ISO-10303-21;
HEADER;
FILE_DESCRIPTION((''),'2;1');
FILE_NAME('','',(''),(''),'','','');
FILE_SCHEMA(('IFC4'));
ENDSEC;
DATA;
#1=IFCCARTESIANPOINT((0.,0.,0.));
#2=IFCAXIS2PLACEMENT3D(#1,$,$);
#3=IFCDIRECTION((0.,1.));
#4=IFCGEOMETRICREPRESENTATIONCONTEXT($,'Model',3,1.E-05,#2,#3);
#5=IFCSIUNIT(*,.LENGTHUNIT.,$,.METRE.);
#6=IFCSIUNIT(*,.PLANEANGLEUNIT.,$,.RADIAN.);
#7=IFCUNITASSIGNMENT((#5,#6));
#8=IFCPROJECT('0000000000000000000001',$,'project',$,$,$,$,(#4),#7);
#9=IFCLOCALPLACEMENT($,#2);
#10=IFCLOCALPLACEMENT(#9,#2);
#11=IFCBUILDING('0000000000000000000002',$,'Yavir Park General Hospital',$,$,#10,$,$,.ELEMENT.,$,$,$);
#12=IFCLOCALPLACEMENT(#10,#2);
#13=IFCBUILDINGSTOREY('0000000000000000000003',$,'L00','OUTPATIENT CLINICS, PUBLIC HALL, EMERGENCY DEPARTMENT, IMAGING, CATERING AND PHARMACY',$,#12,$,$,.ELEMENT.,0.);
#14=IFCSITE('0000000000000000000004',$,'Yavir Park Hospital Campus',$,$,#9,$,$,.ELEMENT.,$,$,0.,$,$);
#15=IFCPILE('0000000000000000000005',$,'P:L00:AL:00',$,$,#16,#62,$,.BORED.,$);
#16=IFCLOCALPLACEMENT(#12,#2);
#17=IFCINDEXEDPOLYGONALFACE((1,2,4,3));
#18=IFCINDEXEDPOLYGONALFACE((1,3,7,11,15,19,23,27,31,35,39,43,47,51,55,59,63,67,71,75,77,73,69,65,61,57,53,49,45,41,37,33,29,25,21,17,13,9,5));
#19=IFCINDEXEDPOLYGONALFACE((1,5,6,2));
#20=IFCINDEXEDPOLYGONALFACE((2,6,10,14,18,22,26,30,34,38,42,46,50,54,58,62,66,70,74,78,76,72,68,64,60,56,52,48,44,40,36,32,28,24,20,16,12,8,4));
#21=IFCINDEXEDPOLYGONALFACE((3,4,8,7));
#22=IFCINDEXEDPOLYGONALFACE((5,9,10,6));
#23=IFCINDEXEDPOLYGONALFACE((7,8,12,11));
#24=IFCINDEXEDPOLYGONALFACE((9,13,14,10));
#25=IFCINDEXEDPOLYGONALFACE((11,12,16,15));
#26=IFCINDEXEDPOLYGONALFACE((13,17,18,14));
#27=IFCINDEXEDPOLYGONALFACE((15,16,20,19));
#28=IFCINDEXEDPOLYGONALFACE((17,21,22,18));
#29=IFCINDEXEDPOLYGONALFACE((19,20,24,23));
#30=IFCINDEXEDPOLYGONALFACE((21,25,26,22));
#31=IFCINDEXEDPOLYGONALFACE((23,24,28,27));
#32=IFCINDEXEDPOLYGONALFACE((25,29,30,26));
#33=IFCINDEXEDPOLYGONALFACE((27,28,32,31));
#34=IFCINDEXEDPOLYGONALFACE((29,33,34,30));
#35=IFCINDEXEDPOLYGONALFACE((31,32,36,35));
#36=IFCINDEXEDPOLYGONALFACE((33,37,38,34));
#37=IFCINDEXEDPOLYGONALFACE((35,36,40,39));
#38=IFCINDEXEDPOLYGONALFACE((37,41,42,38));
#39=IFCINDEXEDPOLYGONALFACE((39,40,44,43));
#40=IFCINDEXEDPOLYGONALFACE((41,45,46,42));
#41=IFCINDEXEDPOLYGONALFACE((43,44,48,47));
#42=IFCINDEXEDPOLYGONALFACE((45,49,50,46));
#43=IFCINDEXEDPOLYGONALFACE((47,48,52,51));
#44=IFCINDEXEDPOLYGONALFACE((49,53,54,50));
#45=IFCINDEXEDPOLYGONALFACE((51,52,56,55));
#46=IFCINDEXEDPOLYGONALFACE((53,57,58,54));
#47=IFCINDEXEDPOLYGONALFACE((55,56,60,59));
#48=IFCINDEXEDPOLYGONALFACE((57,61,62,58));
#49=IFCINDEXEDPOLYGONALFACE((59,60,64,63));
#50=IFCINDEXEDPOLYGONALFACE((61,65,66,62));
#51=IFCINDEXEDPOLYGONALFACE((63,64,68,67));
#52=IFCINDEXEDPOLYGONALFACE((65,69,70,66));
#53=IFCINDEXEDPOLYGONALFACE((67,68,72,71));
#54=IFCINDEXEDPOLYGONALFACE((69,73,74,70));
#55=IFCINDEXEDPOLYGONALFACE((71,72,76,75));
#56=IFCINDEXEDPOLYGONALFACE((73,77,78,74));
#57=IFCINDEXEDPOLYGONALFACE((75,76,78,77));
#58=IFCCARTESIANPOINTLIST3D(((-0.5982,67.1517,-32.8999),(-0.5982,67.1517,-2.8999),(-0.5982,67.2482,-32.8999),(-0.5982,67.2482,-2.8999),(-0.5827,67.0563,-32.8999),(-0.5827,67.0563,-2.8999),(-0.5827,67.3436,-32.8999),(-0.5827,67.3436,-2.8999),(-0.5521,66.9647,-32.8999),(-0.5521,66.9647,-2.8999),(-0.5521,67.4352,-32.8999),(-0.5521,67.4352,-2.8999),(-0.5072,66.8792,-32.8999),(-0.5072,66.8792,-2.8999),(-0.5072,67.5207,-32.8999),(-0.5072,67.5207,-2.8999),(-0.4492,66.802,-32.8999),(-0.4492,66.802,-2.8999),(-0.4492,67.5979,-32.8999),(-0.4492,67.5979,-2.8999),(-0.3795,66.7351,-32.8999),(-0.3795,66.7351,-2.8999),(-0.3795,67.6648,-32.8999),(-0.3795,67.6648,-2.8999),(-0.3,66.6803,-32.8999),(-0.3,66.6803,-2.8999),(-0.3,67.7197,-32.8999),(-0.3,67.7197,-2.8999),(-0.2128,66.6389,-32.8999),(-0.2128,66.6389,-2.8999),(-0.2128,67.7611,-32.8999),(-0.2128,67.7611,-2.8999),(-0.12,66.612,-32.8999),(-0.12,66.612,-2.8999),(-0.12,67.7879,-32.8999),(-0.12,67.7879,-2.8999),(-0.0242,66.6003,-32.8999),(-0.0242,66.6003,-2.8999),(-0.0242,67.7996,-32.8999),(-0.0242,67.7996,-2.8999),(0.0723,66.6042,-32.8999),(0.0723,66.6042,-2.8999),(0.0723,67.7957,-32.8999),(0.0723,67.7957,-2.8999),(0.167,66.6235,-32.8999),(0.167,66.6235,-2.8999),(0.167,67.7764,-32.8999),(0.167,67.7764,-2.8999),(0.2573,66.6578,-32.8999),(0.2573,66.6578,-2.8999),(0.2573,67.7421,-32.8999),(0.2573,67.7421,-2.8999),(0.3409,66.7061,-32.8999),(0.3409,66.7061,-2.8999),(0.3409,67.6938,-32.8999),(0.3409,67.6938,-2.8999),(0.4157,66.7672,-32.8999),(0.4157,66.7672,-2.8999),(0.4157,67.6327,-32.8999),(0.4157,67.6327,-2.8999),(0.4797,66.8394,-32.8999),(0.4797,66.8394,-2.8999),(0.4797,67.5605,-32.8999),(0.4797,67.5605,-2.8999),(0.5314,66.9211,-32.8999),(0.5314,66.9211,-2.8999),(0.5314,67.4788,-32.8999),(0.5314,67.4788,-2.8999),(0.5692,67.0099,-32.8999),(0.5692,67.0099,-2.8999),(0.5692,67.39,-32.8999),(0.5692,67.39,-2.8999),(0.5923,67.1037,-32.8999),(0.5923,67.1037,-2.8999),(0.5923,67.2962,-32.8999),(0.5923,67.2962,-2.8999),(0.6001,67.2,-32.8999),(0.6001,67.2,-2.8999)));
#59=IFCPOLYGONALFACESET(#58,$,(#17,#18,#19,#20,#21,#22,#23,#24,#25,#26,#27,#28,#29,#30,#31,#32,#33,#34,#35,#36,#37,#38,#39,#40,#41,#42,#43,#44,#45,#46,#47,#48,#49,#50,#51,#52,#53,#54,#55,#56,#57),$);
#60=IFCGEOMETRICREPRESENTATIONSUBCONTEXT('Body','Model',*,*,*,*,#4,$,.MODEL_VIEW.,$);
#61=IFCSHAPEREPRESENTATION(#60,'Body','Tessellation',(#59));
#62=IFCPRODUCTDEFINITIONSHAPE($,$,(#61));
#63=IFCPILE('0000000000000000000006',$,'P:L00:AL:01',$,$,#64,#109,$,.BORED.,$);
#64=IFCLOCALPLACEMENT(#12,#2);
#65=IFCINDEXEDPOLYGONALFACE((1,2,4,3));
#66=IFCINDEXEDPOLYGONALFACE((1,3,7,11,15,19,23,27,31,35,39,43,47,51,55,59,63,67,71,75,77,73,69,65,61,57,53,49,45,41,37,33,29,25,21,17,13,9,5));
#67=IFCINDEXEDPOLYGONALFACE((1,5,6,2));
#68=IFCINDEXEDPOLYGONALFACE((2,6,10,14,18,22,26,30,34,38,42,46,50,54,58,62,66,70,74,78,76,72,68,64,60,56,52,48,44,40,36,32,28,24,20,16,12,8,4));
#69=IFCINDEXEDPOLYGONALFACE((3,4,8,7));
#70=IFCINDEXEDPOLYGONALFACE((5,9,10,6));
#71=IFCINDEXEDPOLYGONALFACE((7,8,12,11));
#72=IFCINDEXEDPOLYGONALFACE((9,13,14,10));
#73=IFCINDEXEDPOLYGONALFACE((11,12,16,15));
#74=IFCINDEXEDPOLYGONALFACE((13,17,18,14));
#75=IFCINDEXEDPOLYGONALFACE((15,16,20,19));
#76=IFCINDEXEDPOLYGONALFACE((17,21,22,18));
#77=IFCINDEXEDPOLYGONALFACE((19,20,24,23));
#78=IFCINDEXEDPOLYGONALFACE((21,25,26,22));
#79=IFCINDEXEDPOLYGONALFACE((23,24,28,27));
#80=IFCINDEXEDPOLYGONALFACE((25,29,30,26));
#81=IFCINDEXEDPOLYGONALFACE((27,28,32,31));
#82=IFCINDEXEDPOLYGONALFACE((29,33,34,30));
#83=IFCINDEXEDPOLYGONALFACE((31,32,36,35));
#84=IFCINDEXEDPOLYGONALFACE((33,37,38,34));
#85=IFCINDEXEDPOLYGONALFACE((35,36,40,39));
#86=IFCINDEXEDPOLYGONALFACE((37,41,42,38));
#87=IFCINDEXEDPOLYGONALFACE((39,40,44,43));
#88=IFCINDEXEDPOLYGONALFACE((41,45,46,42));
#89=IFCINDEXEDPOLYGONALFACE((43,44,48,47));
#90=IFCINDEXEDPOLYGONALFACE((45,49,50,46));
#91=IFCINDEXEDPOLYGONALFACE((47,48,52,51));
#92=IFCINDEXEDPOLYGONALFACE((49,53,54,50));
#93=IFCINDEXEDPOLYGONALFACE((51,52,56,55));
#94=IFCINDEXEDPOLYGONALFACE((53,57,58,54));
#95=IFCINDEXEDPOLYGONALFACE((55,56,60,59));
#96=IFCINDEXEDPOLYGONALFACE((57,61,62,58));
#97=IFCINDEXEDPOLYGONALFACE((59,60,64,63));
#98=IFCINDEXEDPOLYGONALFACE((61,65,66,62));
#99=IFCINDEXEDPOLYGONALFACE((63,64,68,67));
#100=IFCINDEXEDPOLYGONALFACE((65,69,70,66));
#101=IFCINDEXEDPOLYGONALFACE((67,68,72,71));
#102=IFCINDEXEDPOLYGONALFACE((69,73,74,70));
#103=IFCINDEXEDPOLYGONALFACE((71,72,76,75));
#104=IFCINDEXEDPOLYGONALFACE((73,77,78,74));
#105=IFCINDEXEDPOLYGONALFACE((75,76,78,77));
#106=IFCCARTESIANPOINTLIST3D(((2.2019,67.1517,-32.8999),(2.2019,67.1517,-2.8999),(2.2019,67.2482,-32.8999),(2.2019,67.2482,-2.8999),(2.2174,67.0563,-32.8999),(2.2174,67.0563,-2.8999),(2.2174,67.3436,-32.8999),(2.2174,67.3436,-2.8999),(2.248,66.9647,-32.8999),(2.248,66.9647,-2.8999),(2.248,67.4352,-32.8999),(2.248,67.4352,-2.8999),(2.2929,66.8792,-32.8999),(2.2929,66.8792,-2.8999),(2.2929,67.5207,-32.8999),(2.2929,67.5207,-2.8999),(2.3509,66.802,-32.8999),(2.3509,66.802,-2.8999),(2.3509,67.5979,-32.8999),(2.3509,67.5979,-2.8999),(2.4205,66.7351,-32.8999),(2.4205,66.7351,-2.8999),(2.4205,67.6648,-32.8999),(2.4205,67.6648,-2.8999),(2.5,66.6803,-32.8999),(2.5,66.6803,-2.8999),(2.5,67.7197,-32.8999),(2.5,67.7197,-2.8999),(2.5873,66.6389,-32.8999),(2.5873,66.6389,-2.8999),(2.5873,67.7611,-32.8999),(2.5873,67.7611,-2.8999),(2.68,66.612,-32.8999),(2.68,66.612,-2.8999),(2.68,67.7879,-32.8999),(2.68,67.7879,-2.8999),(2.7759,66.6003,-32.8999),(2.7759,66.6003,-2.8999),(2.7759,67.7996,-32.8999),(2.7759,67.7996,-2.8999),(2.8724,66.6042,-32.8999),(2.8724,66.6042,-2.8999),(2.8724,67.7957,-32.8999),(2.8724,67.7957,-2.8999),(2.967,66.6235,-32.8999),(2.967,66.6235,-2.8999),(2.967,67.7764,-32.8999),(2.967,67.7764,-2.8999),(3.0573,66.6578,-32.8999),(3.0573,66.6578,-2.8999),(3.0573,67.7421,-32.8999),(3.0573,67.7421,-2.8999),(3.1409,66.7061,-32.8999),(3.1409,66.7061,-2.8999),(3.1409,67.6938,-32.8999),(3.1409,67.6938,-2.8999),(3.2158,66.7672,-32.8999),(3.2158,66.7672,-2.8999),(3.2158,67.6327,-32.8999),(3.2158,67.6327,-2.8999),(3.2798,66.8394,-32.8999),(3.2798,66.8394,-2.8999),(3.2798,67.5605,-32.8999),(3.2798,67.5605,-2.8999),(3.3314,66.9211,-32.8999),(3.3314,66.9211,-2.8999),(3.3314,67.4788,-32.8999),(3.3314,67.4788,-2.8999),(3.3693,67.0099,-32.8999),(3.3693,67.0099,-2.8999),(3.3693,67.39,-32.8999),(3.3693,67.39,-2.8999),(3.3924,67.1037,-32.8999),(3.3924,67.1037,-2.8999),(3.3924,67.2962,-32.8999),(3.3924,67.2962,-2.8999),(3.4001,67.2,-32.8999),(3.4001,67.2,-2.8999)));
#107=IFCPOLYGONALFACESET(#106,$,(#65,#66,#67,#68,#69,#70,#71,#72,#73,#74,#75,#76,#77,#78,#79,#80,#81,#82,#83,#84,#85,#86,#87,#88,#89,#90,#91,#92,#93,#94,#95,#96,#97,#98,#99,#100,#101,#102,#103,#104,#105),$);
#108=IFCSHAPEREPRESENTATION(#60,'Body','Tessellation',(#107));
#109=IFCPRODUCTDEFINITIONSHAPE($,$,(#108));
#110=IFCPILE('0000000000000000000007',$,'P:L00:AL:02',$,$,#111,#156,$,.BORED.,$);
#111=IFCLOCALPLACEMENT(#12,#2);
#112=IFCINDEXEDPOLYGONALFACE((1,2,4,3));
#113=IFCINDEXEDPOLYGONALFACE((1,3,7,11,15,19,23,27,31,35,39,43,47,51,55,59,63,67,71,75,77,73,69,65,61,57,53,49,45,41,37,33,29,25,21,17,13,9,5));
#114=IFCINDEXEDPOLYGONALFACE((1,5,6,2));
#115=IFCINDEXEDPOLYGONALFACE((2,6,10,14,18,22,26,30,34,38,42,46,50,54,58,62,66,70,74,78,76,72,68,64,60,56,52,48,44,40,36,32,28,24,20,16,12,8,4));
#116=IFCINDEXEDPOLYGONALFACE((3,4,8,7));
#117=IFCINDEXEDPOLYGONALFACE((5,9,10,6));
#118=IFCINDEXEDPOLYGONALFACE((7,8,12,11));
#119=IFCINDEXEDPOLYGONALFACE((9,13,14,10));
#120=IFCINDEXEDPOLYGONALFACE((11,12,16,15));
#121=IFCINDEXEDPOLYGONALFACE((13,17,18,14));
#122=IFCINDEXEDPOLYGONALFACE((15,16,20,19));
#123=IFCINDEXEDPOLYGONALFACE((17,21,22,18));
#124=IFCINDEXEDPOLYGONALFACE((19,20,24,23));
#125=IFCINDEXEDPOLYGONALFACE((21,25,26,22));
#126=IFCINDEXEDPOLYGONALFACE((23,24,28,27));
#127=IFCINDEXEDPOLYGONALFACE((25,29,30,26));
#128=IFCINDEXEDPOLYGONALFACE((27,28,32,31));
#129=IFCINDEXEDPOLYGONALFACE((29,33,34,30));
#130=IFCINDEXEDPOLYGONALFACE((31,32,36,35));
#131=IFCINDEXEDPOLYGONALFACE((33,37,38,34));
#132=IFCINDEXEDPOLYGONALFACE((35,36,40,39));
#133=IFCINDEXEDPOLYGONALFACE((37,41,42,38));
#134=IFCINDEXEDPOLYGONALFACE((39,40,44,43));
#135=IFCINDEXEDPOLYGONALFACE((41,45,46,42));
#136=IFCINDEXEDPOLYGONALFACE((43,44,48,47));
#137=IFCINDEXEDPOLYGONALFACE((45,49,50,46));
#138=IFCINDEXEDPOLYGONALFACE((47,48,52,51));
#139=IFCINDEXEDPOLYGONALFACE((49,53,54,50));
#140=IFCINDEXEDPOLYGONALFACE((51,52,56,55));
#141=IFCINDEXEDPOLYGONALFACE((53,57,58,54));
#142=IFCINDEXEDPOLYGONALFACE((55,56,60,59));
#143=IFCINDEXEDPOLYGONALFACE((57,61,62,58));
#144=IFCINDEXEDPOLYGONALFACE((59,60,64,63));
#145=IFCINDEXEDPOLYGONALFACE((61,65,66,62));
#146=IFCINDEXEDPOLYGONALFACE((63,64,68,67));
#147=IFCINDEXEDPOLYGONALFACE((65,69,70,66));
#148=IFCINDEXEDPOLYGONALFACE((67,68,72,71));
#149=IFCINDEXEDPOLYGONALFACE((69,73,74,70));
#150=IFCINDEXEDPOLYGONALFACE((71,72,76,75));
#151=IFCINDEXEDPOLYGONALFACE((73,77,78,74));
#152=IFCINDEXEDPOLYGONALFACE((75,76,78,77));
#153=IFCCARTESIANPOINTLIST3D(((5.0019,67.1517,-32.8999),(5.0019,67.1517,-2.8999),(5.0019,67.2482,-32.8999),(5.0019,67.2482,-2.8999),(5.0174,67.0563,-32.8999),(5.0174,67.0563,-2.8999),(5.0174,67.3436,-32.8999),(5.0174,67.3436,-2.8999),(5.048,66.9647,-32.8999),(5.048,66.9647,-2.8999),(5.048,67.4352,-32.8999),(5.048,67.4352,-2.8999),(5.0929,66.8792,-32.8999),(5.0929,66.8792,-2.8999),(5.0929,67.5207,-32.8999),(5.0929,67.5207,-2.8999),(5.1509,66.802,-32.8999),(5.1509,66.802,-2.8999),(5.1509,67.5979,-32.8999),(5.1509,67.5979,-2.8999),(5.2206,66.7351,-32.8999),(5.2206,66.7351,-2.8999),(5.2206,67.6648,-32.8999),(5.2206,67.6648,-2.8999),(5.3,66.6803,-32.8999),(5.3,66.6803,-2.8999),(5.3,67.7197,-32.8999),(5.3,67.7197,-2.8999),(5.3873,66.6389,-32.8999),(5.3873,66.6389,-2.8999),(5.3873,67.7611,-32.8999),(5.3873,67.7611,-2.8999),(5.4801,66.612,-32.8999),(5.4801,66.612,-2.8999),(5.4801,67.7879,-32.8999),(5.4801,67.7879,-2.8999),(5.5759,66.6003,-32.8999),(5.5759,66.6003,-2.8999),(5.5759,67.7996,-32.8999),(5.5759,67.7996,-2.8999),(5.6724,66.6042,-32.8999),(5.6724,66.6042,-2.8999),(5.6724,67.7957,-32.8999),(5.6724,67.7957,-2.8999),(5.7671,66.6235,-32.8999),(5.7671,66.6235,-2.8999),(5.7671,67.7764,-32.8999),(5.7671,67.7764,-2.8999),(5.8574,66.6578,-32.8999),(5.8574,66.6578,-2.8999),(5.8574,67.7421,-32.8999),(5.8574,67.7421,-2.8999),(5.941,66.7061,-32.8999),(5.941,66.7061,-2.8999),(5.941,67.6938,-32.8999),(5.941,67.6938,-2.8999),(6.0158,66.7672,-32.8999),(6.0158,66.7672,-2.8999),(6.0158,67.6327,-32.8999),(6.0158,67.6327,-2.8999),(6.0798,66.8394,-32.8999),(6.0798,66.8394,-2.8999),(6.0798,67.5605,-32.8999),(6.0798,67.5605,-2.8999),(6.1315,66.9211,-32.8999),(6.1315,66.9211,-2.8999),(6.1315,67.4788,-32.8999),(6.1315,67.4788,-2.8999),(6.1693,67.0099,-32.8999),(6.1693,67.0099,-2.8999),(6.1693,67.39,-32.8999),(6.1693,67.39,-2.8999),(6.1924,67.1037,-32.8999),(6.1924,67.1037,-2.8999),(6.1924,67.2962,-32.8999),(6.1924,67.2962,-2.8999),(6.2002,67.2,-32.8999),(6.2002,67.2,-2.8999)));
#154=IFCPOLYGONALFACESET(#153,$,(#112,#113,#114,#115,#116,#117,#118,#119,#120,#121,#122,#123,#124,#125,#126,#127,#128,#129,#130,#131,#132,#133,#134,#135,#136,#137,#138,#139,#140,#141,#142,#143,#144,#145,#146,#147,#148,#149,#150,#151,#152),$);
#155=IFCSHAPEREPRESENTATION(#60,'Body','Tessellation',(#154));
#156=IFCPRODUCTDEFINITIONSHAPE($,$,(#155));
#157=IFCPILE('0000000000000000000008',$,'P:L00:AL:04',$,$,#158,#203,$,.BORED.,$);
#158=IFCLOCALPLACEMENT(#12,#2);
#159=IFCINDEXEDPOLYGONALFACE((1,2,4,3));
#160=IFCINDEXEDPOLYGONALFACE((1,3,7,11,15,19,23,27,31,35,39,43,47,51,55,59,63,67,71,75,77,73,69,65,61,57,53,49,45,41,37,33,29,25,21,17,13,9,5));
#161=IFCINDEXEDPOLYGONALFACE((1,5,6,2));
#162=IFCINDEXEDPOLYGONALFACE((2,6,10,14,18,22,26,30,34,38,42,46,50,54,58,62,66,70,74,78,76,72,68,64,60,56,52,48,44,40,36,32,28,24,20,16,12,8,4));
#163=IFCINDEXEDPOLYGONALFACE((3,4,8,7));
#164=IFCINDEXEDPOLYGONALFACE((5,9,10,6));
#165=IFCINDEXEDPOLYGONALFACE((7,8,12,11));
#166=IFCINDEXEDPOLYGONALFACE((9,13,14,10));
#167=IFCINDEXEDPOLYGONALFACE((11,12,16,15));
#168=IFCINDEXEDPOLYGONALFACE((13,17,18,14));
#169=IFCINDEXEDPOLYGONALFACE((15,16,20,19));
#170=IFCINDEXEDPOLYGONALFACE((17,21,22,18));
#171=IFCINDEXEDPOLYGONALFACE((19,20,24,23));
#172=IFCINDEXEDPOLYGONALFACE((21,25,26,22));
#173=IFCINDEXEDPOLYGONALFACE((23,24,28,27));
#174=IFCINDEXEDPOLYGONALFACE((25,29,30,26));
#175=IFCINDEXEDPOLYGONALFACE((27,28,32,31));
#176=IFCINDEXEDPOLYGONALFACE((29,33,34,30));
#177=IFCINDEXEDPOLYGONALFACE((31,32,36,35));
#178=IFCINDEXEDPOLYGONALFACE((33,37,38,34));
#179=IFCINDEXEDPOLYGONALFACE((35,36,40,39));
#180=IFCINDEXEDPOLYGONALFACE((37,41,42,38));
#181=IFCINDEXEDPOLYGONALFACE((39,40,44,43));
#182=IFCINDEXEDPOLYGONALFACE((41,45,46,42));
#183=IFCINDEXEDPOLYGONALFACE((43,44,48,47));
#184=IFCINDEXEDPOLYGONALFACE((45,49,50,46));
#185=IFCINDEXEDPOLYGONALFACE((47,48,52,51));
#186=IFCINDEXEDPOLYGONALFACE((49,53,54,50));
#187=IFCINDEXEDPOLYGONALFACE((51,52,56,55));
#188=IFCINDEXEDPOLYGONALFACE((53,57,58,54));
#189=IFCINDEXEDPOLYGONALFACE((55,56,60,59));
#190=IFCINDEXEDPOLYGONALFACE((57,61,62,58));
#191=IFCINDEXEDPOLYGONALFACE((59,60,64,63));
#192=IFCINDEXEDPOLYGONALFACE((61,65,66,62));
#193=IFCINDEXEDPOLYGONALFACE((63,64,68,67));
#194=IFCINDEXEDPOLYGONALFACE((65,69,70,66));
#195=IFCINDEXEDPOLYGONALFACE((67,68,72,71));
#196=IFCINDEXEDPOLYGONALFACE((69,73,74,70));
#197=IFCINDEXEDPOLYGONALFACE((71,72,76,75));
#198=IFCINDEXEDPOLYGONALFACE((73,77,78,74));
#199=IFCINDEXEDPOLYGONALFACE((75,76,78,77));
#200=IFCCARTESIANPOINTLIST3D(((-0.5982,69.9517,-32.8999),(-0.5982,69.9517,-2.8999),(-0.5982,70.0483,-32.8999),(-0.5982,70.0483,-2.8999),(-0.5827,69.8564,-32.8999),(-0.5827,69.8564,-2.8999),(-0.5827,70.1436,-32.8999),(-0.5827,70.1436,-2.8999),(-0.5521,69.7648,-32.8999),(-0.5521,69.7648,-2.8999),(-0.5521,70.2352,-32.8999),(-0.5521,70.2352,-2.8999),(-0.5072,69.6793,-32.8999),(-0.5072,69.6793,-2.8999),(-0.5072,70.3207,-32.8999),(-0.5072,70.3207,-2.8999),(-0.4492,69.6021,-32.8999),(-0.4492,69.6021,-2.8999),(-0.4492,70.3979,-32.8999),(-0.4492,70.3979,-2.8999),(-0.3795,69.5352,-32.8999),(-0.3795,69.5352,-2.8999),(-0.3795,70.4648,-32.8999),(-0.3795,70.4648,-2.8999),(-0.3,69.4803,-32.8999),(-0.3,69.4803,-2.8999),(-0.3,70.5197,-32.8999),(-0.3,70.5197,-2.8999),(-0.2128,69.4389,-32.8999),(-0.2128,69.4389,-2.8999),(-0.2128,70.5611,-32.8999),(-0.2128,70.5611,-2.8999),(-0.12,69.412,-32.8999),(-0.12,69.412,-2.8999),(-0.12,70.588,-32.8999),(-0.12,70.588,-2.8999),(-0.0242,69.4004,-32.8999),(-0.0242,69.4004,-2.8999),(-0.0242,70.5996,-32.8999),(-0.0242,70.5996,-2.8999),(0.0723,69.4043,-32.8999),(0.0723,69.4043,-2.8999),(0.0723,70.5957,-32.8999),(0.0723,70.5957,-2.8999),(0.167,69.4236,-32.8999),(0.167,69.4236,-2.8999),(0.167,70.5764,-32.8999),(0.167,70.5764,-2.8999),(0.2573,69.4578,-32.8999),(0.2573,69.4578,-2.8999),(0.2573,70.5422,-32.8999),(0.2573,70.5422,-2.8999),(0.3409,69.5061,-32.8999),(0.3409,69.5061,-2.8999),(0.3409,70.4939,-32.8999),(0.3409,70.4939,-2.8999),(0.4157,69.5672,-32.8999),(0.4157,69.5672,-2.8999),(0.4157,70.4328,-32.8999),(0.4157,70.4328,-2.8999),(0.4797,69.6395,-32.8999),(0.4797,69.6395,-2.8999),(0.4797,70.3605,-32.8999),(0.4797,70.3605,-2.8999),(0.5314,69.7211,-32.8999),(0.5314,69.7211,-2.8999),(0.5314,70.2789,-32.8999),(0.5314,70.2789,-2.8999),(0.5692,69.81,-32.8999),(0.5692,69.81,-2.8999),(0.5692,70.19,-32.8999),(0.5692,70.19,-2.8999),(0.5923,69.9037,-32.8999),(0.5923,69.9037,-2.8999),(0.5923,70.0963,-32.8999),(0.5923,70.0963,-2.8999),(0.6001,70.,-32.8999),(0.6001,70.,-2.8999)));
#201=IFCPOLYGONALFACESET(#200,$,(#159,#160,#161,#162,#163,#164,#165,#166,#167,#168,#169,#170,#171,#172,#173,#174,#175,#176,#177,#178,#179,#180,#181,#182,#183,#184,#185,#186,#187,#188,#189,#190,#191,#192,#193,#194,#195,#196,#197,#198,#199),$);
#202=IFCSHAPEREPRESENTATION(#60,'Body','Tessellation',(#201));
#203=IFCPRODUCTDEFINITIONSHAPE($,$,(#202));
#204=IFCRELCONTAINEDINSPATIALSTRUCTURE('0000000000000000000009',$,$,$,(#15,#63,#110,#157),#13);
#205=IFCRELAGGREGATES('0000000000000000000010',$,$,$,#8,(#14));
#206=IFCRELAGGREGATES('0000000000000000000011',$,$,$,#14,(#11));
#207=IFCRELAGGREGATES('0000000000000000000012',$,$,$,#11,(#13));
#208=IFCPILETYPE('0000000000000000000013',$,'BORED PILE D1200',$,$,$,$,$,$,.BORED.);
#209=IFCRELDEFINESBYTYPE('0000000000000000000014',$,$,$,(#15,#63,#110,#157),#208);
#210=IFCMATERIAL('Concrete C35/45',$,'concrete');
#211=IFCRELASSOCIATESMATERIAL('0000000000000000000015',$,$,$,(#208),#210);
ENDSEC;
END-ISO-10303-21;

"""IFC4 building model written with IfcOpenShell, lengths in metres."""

from ifc_helpers import new_model, si_unit, direction, frame, origin, origin_2d, place, context, subcontext, project, spatial, circle, extrude, material, material_profile, profile_set, type_object, element, save


model = new_model("IFC4")

# Units and contexts
model_context = context("Model", 3, precision=1e-05, world=origin(), true_north=direction((0.0, 1.0)))
body_context = subcontext(model_context, "Body", "Model", "MODEL_VIEW")
ifc_project = project(units=[si_unit("LENGTHUNIT", "METRE"), si_unit("PLANEANGLEUNIT", "RADIAN")], contexts=[model_context])

# Site, building, storey
site_placement = place(None, origin())
site = spatial("IfcSite", under=ifc_project, at=site_placement, Name="Yavir Park Hospital Campus", CompositionType="ELEMENT", RefElevation=0.0)
building_placement = place(site_placement, origin())
building = spatial("IfcBuilding", under=site, at=building_placement, Name="Yavir Park General Hospital", CompositionType="ELEMENT")
storey_placement = place(building_placement, origin())
storey = spatial("IfcBuildingStorey", under=building, at=storey_placement, Name="L00", Description="OUTPATIENT CLINICS, PUBLIC HALL, EMERGENCY DEPARTMENT, IMAGING, CATERING AND PHARMACY", CompositionType="ELEMENT", Elevation=0.0)

# Piles
ifc_material_1 = material(Name="Concrete C35/45", Category="concrete")
ifc_material_profile = material_profile(ifc_material_1, circle(Radius=0.6001, at=origin_2d()), Name="D1200")
ifc_profile_set = profile_set([ifc_material_profile], Name="Concrete C35/45")
pile_type = type_object("IfcPileType", Name="BORED PILE D1200", PredefinedType="BORED", material=ifc_profile_set)
for number, where, z_axis, x_axis, name in (
    (1, (0.0, 67.2, -2.8999), (0.0, 0.0, -1.0), (1.0, 0.0, 0.0), "P:L00:AL:00"),
    (2, (2.8, 67.2, -2.8999), (0.0, 0.0, -1.0), (1.0, 0.0, 0.0), "P:L00:AL:01"),
    (3, (5.6001, 67.2, -2.8999), (0.0, 0.0, -1.0), (1.0, 0.0, 0.0), "P:L00:AL:02"),
    (4, (0.0, 70.0, -2.8999), (0.0, 0.0, -1.0), (1.0, 0.0, 0.0), "P:L00:AL:04"),
):
    element("IfcPile", number, at=place(storey_placement, frame(where, z_axis=z_axis, x_axis=x_axis)), inside=storey, type_object=pile_type, Name=name, PredefinedType="BORED", context=body_context, shape_type="SweptSolid", body=[
        extrude(circle(Radius=0.6001, at=origin_2d()), origin(), (0.0, 0.0, 1.0), 30.0),
    ])

save(model, "model.ifc")
